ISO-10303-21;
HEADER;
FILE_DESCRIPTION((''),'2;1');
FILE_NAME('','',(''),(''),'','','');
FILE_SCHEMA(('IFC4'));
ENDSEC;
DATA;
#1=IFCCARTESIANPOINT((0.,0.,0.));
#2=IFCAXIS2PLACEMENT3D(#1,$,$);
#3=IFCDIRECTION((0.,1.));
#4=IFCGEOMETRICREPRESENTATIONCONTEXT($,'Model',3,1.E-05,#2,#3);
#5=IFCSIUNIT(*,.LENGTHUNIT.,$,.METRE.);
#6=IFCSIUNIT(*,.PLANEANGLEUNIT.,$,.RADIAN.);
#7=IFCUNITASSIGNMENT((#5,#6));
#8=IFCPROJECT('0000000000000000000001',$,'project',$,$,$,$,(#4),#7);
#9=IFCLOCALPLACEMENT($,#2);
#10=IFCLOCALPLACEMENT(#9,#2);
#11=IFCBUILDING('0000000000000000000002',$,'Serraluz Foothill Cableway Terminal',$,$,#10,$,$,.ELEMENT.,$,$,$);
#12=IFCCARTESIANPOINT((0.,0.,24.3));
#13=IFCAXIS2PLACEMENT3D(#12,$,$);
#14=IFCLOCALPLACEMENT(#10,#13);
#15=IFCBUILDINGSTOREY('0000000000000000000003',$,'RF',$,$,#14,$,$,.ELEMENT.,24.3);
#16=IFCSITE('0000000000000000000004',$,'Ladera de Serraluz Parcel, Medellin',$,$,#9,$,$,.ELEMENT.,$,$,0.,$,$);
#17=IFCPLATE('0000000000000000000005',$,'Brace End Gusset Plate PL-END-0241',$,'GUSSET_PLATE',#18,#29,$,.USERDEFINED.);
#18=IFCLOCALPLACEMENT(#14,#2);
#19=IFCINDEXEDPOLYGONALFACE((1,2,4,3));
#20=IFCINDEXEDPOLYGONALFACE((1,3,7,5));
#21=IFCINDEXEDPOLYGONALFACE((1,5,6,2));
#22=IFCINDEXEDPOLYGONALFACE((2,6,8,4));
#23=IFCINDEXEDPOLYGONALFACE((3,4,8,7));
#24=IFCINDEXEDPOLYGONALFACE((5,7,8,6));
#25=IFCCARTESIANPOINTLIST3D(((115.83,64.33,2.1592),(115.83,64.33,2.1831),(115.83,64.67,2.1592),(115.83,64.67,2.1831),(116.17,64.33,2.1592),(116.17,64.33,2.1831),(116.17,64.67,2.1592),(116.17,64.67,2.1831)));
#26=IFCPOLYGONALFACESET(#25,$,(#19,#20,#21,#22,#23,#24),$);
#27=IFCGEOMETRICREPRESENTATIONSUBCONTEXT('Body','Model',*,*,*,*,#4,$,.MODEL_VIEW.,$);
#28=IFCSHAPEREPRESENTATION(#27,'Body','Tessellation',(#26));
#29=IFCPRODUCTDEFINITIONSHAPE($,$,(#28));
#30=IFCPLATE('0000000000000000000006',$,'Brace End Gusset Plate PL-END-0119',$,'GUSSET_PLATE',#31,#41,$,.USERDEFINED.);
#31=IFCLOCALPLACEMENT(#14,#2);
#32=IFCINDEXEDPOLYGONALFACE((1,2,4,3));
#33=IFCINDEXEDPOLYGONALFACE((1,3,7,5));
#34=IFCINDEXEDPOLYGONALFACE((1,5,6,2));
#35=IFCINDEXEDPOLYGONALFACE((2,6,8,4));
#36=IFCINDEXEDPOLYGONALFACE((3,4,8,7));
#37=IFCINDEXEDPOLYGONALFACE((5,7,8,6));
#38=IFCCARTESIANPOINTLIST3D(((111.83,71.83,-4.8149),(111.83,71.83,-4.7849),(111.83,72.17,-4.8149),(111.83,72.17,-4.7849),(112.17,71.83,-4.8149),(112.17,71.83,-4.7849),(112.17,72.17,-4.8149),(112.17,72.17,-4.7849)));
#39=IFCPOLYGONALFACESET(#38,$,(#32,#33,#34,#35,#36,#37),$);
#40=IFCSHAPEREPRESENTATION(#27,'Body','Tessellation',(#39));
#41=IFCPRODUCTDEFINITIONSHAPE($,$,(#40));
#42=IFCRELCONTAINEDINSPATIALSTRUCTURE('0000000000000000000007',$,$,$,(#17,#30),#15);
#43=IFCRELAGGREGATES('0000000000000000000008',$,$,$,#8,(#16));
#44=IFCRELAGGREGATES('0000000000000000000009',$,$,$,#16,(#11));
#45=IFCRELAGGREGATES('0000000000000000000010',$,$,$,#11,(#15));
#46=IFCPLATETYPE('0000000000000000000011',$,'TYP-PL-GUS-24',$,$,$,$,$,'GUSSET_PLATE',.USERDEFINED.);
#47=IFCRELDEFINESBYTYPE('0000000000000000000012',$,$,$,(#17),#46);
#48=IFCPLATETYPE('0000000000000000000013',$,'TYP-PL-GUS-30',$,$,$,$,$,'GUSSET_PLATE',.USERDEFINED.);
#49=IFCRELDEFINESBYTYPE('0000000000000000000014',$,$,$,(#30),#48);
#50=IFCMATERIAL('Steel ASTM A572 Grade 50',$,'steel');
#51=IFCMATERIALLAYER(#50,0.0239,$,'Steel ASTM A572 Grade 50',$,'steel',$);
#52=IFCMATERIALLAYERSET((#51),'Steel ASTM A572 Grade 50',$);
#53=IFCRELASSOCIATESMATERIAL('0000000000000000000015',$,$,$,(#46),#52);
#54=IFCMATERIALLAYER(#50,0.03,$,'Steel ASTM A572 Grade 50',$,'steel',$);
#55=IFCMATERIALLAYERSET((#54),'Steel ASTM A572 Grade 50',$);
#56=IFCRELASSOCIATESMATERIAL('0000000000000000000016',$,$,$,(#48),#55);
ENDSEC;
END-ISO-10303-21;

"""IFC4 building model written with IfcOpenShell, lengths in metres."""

from ifc_helpers import new_model, si_unit, direction, frame, origin, origin_2d, place, context, subcontext, project, spatial, rectangle, extrude, material, layer, layer_set, type_object, element, save


model = new_model("IFC4")

# Units and contexts
model_context = context("Model", 3, precision=1e-05, world=origin(), true_north=direction((0.0, 1.0)))
body_context = subcontext(model_context, "Body", "Model", "MODEL_VIEW")
ifc_project = project(units=[si_unit("LENGTHUNIT", "METRE"), si_unit("PLANEANGLEUNIT", "RADIAN")], contexts=[model_context])

# Site, building, storey
site_placement = place(None, origin())
site = spatial("IfcSite", under=ifc_project, at=site_placement, Name="Ladera de Serraluz Parcel, Medellin", CompositionType="ELEMENT", RefElevation=0.0)
building_placement = place(site_placement, origin())
building = spatial("IfcBuilding", under=site, at=building_placement, Name="Serraluz Foothill Cableway Terminal", CompositionType="ELEMENT")
storey_placement = place(building_placement, frame((0.0, 0.0, 24.3)))
storey = spatial("IfcBuildingStorey", under=building, at=storey_placement, Name="RF", CompositionType="ELEMENT", Elevation=24.3)

# Shared definitions
ifc_material_1 = material(Name="Steel ASTM A572 Grade 50", Category="steel")

# Plates
ifc_layer_1 = layer(ifc_material_1, 0.0239, Name="Steel ASTM A572 Grade 50", Category="steel")
ifc_layer_set_1 = layer_set([ifc_layer_1], Name="Steel ASTM A572 Grade 50")
plate_type_1 = type_object("IfcPlateType", Name="TYP-PL-GUS-24", ElementType="GUSSET_PLATE", PredefinedType="USERDEFINED", material=ifc_layer_set_1)
for number, where, z_axis, x_axis, name in (
    (1, (116.0, 64.5, 2.1592), (0.0, 0.0, 1.0), (1.0, 0.0, 0.0), "Brace End Gusset Plate PL-END-0241"),
):
    element("IfcPlate", number, at=place(storey_placement, frame(where, z_axis=z_axis, x_axis=x_axis)), inside=storey, type_object=plate_type_1, Name=name, ObjectType="GUSSET_PLATE", PredefinedType="USERDEFINED", context=body_context, shape_type="SweptSolid", body=[
        extrude(rectangle(XDim=0.3401, YDim=0.3401, at=origin_2d()), origin(), (0.0, 0.0, 1.0), 0.0239),
    ])
ifc_layer_2 = layer(ifc_material_1, 0.03, Name="Steel ASTM A572 Grade 50", Category="steel")
ifc_layer_set_2 = layer_set([ifc_layer_2], Name="Steel ASTM A572 Grade 50")
plate_type_2 = type_object("IfcPlateType", Name="TYP-PL-GUS-30", ElementType="GUSSET_PLATE", PredefinedType="USERDEFINED", material=ifc_layer_set_2)
plate_1_placement = place(storey_placement, frame((112.0, 72.0, -4.8149), z_axis=(0.0, 0.0, 1.0), x_axis=(1.0, 0.0, 0.0)))
element("IfcPlate", 2, at=plate_1_placement, inside=storey, type_object=plate_type_2, Name="Brace End Gusset Plate PL-END-0119", ObjectType="GUSSET_PLATE", PredefinedType="USERDEFINED", context=body_context, shape_type="SweptSolid", body=[
    extrude(rectangle(XDim=0.3401, YDim=0.3401, at=origin_2d()), origin(), (0.0, 0.0, 1.0), 0.03),
])

save(model, "model.ifc")
